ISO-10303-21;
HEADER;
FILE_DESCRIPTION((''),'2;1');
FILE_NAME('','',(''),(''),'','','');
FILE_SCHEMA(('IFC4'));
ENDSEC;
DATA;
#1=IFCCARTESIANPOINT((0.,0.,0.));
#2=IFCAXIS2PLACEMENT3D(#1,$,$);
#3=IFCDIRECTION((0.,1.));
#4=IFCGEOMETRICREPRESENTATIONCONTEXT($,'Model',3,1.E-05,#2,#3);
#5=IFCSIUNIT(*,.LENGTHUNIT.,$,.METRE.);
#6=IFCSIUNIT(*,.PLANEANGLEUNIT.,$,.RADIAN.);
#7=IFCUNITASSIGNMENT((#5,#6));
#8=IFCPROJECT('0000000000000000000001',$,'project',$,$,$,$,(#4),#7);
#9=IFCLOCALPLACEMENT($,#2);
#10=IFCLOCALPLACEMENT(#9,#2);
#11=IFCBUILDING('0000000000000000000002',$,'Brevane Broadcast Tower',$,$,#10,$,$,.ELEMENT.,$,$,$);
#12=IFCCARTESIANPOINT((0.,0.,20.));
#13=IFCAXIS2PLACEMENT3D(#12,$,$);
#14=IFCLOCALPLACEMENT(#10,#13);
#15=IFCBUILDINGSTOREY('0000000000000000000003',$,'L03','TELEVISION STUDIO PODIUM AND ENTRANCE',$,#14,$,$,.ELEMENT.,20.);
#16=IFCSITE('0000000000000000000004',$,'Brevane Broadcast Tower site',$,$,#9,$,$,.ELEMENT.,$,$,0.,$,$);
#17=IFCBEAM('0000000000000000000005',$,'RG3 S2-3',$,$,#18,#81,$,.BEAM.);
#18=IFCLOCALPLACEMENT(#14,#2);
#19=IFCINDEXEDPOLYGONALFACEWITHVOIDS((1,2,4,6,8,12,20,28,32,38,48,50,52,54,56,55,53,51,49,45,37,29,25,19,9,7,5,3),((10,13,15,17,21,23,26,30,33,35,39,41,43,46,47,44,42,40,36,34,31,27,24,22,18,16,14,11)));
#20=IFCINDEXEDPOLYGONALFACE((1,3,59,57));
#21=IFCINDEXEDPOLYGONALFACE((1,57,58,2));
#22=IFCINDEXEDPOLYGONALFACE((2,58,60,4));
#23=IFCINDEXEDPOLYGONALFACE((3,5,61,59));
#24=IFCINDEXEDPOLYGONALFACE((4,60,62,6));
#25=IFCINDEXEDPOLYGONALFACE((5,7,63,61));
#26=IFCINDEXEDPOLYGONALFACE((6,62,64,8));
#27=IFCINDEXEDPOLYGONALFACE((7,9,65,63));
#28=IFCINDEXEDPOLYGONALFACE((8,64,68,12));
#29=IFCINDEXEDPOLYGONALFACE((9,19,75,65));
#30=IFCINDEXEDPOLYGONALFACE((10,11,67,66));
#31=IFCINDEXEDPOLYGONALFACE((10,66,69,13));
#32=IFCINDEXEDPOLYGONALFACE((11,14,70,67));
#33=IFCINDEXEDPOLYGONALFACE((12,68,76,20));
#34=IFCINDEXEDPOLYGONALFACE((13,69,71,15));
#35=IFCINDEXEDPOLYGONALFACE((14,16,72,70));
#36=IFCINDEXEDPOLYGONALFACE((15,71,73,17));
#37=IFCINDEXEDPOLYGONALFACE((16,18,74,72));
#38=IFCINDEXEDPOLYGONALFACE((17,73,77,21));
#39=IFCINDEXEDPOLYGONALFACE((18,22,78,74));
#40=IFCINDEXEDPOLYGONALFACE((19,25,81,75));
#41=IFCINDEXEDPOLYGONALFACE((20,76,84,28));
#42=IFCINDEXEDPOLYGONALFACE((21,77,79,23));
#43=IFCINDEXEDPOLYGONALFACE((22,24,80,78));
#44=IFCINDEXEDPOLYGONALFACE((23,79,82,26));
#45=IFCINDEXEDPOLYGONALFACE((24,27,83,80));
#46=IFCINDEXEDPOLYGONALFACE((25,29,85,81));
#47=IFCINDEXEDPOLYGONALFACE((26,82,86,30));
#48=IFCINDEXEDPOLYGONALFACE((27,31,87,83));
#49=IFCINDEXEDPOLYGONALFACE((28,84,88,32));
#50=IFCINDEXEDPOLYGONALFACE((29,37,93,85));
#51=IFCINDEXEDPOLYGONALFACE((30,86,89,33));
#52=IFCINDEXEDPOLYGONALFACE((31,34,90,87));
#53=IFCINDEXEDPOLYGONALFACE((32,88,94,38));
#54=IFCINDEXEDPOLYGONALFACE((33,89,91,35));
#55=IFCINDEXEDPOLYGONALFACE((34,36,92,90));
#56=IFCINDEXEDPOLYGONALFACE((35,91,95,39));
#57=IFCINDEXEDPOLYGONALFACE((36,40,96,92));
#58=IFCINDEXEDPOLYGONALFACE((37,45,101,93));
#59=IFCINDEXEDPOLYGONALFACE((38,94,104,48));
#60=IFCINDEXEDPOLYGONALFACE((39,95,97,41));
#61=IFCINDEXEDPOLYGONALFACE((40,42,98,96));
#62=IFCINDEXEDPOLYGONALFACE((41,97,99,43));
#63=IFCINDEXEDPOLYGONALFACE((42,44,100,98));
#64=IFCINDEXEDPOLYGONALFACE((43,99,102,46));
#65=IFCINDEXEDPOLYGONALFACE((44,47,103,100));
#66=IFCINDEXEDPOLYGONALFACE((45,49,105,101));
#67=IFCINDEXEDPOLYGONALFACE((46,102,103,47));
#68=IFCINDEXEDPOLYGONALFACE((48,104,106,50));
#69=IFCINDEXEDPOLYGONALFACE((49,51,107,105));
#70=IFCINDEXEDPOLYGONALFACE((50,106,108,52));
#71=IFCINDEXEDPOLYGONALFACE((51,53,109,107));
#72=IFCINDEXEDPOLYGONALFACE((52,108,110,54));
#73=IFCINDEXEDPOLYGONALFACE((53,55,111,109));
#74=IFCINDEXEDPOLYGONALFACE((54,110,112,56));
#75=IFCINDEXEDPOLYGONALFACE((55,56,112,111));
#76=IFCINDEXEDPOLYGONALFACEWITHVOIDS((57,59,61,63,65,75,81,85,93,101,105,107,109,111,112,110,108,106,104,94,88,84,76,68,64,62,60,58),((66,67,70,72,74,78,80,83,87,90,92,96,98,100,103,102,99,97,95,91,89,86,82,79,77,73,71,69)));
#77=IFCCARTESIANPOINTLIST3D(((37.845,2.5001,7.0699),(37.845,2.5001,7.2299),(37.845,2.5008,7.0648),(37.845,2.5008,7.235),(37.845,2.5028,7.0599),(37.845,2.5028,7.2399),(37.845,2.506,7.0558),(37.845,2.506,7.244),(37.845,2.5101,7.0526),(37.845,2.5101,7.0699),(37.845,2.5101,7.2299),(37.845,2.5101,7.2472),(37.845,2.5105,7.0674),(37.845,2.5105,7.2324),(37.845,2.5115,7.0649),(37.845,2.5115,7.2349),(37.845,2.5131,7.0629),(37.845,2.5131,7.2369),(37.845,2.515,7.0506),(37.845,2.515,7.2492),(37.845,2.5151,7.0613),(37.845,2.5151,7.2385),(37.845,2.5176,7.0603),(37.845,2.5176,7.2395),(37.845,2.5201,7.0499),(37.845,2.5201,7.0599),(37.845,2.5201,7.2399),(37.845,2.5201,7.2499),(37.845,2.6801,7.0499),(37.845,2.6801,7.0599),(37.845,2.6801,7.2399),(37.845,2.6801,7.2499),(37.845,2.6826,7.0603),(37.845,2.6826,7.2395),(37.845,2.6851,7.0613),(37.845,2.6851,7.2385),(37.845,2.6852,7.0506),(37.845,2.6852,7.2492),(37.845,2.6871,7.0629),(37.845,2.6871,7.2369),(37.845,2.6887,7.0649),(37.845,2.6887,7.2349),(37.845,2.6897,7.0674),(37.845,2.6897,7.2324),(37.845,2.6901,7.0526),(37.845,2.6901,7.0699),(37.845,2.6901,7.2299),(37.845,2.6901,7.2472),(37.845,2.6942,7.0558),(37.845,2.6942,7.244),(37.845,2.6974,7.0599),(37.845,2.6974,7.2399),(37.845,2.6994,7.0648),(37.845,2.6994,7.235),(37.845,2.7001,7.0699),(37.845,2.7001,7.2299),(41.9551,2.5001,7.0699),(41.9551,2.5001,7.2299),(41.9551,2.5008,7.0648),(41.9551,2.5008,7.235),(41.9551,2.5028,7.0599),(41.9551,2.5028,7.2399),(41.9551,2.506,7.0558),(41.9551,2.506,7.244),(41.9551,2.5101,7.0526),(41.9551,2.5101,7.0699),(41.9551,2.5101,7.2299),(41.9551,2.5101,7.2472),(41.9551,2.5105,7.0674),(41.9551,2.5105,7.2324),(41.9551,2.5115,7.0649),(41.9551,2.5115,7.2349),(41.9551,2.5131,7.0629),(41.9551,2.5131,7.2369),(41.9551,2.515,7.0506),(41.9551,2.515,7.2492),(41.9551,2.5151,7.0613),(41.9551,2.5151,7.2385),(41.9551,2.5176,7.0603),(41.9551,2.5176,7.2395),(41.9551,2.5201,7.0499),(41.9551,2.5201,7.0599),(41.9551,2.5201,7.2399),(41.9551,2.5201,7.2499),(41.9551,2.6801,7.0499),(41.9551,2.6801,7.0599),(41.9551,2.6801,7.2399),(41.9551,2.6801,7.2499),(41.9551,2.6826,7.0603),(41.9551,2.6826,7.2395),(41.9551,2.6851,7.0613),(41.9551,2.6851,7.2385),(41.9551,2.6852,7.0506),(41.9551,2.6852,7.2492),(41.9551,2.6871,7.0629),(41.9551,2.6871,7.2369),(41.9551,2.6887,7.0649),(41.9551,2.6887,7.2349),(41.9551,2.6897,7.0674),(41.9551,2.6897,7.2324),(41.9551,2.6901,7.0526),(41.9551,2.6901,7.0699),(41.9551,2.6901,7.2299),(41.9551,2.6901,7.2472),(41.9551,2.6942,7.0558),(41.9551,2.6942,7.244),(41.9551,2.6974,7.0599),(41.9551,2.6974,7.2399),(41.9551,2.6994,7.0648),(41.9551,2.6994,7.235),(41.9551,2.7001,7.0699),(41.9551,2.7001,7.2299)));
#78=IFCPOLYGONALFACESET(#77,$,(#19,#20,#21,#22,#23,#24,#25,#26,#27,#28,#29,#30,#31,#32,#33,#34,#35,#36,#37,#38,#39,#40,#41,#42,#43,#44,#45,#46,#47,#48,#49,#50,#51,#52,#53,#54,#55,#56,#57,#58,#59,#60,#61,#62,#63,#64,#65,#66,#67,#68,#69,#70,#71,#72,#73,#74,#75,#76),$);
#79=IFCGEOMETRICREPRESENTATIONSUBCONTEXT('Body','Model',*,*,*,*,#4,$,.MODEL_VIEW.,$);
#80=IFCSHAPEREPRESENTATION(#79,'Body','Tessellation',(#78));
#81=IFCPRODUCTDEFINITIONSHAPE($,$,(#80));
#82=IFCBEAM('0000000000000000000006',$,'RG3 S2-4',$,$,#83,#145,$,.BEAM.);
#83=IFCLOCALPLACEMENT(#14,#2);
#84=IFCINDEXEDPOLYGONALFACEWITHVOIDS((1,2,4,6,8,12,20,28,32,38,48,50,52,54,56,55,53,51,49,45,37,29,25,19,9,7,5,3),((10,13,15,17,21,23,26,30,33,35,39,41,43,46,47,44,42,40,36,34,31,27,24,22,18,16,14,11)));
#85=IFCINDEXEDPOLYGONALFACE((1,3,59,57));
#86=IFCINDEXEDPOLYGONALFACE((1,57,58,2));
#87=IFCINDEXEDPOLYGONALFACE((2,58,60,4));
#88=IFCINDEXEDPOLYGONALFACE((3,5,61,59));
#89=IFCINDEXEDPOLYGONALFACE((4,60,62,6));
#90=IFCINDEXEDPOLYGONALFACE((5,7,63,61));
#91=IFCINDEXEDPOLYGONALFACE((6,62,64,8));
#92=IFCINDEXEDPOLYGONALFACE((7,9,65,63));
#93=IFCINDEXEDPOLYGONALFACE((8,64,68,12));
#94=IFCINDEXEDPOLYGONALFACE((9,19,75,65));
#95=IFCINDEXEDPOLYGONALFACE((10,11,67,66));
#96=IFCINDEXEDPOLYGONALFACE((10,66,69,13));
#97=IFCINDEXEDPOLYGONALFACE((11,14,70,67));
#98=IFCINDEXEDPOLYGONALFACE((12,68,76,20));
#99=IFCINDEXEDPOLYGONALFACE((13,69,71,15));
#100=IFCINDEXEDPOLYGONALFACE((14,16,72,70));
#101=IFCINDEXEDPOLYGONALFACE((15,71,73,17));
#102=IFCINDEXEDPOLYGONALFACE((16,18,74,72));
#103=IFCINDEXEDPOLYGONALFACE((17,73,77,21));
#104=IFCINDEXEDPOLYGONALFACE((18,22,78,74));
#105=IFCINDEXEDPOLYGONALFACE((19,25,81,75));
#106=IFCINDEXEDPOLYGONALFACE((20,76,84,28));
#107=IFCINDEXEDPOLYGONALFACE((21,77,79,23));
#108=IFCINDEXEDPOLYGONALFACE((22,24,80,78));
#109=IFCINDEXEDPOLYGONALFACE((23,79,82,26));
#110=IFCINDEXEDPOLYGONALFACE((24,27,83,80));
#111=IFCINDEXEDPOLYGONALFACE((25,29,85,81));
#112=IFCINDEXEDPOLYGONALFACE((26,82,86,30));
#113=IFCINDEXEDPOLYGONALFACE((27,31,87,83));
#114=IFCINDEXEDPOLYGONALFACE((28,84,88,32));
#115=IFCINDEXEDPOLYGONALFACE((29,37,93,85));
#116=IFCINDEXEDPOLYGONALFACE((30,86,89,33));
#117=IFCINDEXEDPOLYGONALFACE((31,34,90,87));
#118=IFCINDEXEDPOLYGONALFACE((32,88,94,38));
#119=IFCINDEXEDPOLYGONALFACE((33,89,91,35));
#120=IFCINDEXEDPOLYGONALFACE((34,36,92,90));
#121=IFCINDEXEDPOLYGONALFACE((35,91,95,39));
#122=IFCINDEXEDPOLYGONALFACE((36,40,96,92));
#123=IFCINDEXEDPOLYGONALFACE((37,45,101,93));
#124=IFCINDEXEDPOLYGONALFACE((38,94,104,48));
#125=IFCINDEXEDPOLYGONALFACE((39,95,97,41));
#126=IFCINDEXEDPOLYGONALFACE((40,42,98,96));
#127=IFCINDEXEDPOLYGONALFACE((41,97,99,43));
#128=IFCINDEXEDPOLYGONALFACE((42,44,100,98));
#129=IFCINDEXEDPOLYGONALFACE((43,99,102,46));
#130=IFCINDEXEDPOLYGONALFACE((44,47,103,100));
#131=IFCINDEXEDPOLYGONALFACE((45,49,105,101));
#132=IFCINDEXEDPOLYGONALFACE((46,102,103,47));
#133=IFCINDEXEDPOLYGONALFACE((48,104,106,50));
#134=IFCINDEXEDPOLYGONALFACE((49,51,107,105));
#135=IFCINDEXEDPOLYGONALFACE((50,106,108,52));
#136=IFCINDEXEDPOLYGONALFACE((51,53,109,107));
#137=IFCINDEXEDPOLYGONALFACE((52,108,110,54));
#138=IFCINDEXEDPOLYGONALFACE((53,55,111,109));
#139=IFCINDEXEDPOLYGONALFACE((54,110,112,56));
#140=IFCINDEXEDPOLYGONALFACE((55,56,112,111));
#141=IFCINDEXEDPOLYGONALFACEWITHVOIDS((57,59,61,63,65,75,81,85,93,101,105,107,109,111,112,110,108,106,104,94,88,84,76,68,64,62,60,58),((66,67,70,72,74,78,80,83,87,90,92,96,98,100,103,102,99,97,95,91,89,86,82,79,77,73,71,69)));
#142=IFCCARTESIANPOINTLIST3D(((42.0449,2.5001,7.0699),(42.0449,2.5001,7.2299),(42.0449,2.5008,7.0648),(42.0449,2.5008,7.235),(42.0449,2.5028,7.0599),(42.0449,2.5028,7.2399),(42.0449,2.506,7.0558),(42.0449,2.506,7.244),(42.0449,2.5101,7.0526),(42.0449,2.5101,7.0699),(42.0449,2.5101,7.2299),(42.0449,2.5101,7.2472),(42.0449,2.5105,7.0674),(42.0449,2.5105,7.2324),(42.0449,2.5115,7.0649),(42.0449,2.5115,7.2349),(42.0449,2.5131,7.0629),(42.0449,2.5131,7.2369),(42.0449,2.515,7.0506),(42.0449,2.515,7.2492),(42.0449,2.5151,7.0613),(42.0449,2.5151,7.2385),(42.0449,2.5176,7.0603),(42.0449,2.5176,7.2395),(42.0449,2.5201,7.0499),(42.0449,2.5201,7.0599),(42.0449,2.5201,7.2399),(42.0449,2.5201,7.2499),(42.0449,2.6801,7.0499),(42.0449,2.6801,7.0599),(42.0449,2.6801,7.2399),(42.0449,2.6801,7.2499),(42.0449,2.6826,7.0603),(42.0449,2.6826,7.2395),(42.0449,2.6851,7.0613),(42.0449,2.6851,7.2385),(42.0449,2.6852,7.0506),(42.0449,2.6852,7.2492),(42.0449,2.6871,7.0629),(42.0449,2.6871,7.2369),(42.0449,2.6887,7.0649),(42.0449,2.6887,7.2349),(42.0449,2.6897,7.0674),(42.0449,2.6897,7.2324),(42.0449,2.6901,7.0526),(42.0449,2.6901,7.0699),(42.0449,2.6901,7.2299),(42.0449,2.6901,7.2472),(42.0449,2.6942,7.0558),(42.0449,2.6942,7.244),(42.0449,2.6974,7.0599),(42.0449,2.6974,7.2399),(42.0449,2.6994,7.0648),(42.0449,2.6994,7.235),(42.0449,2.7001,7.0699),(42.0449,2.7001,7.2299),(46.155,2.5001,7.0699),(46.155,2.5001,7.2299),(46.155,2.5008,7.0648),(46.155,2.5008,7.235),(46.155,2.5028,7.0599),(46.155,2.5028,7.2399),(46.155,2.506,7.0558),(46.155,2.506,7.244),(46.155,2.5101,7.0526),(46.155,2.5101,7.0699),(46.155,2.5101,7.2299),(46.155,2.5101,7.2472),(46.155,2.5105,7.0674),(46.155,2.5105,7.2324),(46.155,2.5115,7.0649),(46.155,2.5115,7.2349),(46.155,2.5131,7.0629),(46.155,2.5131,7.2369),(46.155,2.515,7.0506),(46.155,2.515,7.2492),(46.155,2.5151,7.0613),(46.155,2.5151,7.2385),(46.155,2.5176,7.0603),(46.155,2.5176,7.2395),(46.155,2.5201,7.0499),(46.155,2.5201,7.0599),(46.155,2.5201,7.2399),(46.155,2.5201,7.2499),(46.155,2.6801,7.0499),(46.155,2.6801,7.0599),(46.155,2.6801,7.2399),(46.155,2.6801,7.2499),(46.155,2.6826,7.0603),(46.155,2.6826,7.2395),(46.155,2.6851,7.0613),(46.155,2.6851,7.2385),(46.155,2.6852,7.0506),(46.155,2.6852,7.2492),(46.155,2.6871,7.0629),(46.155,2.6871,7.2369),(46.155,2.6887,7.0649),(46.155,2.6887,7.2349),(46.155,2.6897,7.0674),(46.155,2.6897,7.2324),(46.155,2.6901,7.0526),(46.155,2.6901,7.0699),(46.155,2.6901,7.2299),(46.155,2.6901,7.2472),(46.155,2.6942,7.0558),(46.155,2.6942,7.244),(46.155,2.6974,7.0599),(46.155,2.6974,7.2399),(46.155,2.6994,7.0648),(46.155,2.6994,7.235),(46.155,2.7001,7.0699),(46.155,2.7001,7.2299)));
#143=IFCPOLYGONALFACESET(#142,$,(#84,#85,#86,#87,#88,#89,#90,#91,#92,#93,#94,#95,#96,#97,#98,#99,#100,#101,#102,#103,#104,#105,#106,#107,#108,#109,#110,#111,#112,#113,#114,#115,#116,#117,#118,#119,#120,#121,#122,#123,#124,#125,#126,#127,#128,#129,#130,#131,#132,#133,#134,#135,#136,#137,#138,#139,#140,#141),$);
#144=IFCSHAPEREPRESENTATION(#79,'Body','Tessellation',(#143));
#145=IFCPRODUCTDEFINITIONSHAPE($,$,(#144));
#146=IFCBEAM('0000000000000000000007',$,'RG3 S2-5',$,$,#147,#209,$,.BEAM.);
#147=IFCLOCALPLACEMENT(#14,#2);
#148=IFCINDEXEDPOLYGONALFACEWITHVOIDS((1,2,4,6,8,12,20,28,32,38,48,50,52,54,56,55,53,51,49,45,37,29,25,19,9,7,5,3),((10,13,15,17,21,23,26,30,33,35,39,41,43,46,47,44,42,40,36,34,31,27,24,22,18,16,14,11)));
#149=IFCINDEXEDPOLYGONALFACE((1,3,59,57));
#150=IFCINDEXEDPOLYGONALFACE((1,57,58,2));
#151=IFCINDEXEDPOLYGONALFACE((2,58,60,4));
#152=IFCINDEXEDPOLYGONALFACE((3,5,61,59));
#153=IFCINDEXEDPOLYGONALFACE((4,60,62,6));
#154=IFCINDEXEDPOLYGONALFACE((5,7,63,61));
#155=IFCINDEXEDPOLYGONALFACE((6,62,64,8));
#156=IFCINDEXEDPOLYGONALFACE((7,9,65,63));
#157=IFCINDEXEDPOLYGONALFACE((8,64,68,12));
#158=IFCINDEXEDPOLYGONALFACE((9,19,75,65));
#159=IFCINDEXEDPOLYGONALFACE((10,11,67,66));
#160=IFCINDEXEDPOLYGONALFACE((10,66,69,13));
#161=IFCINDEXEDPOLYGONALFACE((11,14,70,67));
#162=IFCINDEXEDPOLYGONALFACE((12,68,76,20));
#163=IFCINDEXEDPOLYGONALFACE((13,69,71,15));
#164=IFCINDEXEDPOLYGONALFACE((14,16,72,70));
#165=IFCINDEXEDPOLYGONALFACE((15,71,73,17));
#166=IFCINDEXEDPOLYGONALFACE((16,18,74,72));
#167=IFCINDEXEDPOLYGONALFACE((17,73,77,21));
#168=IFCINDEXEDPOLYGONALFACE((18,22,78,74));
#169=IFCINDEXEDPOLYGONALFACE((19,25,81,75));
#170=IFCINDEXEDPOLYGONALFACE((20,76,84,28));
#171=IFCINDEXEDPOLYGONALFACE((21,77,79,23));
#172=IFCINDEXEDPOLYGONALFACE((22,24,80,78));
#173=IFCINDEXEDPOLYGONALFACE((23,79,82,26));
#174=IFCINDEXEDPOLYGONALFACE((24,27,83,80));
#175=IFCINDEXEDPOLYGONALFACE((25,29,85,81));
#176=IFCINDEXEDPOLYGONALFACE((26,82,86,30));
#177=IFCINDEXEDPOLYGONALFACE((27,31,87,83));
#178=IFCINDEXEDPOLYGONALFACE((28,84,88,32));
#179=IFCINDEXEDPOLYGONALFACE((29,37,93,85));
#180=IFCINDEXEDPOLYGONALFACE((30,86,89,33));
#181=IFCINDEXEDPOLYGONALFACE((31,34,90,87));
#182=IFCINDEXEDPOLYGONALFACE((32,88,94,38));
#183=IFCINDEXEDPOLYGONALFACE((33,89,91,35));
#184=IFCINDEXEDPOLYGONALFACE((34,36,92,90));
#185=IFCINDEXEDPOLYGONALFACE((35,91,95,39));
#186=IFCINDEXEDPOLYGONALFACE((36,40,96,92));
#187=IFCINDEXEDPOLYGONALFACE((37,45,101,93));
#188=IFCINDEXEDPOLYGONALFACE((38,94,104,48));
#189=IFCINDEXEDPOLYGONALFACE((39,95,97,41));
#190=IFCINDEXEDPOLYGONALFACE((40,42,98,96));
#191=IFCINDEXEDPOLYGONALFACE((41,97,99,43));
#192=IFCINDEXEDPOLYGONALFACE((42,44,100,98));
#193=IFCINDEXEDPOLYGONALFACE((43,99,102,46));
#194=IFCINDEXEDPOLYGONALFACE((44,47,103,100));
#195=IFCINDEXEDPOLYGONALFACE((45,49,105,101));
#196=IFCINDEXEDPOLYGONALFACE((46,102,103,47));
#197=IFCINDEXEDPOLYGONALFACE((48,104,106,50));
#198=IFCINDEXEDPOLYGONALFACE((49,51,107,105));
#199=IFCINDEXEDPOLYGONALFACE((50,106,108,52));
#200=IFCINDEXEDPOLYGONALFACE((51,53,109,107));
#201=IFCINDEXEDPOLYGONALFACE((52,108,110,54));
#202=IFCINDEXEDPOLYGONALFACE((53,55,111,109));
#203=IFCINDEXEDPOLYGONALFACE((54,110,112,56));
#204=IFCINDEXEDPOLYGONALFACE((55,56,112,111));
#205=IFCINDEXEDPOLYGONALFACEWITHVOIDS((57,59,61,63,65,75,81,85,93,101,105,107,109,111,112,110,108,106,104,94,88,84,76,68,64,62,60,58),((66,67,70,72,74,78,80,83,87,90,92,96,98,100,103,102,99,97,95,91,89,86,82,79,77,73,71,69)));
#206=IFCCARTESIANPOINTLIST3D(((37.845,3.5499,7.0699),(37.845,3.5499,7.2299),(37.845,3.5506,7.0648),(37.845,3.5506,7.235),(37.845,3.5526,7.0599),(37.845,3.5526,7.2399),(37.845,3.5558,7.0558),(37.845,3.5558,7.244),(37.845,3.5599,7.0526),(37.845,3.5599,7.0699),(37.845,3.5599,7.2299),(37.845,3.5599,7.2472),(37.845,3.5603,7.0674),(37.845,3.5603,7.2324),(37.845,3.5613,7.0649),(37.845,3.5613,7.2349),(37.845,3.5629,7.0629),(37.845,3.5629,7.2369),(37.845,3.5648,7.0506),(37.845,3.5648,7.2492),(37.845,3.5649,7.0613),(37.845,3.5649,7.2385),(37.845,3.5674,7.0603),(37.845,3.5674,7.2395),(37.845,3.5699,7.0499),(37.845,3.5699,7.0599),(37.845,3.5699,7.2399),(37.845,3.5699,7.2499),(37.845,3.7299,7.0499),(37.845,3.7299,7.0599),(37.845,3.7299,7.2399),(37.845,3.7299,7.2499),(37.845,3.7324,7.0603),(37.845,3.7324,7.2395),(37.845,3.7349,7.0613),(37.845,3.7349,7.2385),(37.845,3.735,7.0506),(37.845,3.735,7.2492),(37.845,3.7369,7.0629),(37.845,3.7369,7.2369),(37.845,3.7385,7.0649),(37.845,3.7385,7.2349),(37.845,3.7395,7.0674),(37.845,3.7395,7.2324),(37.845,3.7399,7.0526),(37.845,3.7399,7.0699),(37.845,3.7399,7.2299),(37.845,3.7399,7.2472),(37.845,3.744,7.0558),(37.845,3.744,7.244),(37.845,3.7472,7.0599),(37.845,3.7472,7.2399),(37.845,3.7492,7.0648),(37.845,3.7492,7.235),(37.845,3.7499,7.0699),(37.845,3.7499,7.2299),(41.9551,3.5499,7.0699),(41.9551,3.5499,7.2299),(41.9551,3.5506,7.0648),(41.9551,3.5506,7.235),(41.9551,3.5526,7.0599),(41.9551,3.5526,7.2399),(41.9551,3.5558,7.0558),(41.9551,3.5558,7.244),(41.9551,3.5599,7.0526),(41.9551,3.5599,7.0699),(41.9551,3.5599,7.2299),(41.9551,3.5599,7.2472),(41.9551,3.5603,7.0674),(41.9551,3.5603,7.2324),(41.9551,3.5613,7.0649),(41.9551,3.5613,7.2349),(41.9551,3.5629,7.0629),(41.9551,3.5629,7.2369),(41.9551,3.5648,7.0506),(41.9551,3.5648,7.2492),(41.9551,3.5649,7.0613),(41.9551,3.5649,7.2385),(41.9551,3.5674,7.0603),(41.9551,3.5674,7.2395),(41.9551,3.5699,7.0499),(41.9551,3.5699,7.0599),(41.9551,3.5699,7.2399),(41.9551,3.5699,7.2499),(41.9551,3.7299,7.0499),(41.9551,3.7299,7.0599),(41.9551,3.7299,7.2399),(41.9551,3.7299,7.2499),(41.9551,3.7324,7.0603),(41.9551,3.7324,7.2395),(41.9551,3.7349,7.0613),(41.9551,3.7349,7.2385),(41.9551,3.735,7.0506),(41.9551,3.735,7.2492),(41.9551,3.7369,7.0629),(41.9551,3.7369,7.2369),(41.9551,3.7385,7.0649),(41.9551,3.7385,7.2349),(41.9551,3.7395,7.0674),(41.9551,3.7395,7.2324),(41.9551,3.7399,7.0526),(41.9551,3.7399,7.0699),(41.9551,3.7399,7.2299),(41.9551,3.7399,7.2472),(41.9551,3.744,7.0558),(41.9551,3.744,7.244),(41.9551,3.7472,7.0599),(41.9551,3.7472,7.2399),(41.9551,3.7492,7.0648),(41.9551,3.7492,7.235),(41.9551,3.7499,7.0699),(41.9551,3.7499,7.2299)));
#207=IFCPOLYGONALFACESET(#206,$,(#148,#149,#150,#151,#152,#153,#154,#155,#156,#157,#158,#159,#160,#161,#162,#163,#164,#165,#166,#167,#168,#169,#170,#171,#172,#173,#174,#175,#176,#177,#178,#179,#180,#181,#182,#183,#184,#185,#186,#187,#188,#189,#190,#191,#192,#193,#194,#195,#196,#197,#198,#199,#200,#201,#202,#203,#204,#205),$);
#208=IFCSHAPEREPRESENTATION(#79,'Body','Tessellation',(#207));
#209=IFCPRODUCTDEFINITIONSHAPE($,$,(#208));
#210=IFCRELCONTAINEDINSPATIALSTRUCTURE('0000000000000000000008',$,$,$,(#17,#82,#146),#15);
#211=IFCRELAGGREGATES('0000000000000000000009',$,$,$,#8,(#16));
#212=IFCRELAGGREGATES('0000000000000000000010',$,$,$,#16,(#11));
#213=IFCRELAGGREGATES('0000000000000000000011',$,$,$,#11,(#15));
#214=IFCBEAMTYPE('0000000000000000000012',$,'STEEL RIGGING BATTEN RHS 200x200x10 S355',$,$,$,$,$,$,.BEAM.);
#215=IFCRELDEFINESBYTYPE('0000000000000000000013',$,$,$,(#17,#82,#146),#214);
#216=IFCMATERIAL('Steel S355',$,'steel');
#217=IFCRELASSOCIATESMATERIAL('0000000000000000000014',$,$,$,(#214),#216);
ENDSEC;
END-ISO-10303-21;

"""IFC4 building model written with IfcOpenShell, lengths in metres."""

from ifc_helpers import new_model, si_unit, direction, frame, origin, origin_2d, place, context, subcontext, project, spatial, hollow_rectangle, extrude, material, material_profile, profile_set, type_object, element, save


model = new_model("IFC4")

# Units and contexts
model_context = context("Model", 3, precision=1e-05, world=origin(), true_north=direction((0.0, 1.0)))
body_context = subcontext(model_context, "Body", "Model", "MODEL_VIEW")
ifc_project = project(units=[si_unit("LENGTHUNIT", "METRE"), si_unit("PLANEANGLEUNIT", "RADIAN")], contexts=[model_context])

# Site, building, storey
site_placement = place(None, origin())
site = spatial("IfcSite", under=ifc_project, at=site_placement, Name="Brevane Broadcast Tower site", CompositionType="ELEMENT", RefElevation=0.0)
building_placement = place(site_placement, origin())
building = spatial("IfcBuilding", under=site, at=building_placement, Name="Brevane Broadcast Tower", CompositionType="ELEMENT")
storey_placement = place(building_placement, frame((0.0, 0.0, 20.0)))
storey = spatial("IfcBuildingStorey", under=building, at=storey_placement, Name="L03", Description="TELEVISION STUDIO PODIUM AND ENTRANCE", CompositionType="ELEMENT", Elevation=20.0)

# Beams
ifc_material_1 = material(Name="Steel S355", Category="steel")
ifc_material_profile_1 = material_profile(ifc_material_1, hollow_rectangle(XDim=0.2, YDim=0.2, WallThickness=0.01, InnerFilletRadius=0.01, OuterFilletRadius=0.02, at=origin_2d()), Name="RHS 200x200x10")
ifc_profile_set_1 = profile_set([ifc_material_profile_1], Name="Steel S355")
beam_type_1 = type_object("IfcBeamType", Name="STEEL RIGGING BATTEN RHS 200x200x10 S355", PredefinedType="BEAM", material=ifc_profile_set_1)
for number, where, z_axis, x_axis, name in (
    (1, (37.845, 2.6001, 7.1499), (1.0, 0.0, 0.0), (0.0, 1.0, 0.0), "RG3 S2-3"),
    (2, (42.0449, 2.6001, 7.1499), (1.0, 0.0, 0.0), (0.0, 1.0, 0.0), "RG3 S2-4"),
    (3, (37.845, 3.6499, 7.1499), (1.0, 0.0, 0.0), (0.0, 1.0, 0.0), "RG3 S2-5"),
):
    element("IfcBeam", number, at=place(storey_placement, frame(where, z_axis=z_axis, x_axis=x_axis)), inside=storey, type_object=beam_type_1, Name=name, PredefinedType="BEAM", context=body_context, shape_type="SweptSolid", body=[
        extrude(hollow_rectangle(XDim=0.2, YDim=0.2, WallThickness=0.01, InnerFilletRadius=0.01, OuterFilletRadius=0.02, at=origin_2d()), origin(), (0.0, 0.0, 1.0), 4.1101),
    ])

save(model, "model.ifc")
